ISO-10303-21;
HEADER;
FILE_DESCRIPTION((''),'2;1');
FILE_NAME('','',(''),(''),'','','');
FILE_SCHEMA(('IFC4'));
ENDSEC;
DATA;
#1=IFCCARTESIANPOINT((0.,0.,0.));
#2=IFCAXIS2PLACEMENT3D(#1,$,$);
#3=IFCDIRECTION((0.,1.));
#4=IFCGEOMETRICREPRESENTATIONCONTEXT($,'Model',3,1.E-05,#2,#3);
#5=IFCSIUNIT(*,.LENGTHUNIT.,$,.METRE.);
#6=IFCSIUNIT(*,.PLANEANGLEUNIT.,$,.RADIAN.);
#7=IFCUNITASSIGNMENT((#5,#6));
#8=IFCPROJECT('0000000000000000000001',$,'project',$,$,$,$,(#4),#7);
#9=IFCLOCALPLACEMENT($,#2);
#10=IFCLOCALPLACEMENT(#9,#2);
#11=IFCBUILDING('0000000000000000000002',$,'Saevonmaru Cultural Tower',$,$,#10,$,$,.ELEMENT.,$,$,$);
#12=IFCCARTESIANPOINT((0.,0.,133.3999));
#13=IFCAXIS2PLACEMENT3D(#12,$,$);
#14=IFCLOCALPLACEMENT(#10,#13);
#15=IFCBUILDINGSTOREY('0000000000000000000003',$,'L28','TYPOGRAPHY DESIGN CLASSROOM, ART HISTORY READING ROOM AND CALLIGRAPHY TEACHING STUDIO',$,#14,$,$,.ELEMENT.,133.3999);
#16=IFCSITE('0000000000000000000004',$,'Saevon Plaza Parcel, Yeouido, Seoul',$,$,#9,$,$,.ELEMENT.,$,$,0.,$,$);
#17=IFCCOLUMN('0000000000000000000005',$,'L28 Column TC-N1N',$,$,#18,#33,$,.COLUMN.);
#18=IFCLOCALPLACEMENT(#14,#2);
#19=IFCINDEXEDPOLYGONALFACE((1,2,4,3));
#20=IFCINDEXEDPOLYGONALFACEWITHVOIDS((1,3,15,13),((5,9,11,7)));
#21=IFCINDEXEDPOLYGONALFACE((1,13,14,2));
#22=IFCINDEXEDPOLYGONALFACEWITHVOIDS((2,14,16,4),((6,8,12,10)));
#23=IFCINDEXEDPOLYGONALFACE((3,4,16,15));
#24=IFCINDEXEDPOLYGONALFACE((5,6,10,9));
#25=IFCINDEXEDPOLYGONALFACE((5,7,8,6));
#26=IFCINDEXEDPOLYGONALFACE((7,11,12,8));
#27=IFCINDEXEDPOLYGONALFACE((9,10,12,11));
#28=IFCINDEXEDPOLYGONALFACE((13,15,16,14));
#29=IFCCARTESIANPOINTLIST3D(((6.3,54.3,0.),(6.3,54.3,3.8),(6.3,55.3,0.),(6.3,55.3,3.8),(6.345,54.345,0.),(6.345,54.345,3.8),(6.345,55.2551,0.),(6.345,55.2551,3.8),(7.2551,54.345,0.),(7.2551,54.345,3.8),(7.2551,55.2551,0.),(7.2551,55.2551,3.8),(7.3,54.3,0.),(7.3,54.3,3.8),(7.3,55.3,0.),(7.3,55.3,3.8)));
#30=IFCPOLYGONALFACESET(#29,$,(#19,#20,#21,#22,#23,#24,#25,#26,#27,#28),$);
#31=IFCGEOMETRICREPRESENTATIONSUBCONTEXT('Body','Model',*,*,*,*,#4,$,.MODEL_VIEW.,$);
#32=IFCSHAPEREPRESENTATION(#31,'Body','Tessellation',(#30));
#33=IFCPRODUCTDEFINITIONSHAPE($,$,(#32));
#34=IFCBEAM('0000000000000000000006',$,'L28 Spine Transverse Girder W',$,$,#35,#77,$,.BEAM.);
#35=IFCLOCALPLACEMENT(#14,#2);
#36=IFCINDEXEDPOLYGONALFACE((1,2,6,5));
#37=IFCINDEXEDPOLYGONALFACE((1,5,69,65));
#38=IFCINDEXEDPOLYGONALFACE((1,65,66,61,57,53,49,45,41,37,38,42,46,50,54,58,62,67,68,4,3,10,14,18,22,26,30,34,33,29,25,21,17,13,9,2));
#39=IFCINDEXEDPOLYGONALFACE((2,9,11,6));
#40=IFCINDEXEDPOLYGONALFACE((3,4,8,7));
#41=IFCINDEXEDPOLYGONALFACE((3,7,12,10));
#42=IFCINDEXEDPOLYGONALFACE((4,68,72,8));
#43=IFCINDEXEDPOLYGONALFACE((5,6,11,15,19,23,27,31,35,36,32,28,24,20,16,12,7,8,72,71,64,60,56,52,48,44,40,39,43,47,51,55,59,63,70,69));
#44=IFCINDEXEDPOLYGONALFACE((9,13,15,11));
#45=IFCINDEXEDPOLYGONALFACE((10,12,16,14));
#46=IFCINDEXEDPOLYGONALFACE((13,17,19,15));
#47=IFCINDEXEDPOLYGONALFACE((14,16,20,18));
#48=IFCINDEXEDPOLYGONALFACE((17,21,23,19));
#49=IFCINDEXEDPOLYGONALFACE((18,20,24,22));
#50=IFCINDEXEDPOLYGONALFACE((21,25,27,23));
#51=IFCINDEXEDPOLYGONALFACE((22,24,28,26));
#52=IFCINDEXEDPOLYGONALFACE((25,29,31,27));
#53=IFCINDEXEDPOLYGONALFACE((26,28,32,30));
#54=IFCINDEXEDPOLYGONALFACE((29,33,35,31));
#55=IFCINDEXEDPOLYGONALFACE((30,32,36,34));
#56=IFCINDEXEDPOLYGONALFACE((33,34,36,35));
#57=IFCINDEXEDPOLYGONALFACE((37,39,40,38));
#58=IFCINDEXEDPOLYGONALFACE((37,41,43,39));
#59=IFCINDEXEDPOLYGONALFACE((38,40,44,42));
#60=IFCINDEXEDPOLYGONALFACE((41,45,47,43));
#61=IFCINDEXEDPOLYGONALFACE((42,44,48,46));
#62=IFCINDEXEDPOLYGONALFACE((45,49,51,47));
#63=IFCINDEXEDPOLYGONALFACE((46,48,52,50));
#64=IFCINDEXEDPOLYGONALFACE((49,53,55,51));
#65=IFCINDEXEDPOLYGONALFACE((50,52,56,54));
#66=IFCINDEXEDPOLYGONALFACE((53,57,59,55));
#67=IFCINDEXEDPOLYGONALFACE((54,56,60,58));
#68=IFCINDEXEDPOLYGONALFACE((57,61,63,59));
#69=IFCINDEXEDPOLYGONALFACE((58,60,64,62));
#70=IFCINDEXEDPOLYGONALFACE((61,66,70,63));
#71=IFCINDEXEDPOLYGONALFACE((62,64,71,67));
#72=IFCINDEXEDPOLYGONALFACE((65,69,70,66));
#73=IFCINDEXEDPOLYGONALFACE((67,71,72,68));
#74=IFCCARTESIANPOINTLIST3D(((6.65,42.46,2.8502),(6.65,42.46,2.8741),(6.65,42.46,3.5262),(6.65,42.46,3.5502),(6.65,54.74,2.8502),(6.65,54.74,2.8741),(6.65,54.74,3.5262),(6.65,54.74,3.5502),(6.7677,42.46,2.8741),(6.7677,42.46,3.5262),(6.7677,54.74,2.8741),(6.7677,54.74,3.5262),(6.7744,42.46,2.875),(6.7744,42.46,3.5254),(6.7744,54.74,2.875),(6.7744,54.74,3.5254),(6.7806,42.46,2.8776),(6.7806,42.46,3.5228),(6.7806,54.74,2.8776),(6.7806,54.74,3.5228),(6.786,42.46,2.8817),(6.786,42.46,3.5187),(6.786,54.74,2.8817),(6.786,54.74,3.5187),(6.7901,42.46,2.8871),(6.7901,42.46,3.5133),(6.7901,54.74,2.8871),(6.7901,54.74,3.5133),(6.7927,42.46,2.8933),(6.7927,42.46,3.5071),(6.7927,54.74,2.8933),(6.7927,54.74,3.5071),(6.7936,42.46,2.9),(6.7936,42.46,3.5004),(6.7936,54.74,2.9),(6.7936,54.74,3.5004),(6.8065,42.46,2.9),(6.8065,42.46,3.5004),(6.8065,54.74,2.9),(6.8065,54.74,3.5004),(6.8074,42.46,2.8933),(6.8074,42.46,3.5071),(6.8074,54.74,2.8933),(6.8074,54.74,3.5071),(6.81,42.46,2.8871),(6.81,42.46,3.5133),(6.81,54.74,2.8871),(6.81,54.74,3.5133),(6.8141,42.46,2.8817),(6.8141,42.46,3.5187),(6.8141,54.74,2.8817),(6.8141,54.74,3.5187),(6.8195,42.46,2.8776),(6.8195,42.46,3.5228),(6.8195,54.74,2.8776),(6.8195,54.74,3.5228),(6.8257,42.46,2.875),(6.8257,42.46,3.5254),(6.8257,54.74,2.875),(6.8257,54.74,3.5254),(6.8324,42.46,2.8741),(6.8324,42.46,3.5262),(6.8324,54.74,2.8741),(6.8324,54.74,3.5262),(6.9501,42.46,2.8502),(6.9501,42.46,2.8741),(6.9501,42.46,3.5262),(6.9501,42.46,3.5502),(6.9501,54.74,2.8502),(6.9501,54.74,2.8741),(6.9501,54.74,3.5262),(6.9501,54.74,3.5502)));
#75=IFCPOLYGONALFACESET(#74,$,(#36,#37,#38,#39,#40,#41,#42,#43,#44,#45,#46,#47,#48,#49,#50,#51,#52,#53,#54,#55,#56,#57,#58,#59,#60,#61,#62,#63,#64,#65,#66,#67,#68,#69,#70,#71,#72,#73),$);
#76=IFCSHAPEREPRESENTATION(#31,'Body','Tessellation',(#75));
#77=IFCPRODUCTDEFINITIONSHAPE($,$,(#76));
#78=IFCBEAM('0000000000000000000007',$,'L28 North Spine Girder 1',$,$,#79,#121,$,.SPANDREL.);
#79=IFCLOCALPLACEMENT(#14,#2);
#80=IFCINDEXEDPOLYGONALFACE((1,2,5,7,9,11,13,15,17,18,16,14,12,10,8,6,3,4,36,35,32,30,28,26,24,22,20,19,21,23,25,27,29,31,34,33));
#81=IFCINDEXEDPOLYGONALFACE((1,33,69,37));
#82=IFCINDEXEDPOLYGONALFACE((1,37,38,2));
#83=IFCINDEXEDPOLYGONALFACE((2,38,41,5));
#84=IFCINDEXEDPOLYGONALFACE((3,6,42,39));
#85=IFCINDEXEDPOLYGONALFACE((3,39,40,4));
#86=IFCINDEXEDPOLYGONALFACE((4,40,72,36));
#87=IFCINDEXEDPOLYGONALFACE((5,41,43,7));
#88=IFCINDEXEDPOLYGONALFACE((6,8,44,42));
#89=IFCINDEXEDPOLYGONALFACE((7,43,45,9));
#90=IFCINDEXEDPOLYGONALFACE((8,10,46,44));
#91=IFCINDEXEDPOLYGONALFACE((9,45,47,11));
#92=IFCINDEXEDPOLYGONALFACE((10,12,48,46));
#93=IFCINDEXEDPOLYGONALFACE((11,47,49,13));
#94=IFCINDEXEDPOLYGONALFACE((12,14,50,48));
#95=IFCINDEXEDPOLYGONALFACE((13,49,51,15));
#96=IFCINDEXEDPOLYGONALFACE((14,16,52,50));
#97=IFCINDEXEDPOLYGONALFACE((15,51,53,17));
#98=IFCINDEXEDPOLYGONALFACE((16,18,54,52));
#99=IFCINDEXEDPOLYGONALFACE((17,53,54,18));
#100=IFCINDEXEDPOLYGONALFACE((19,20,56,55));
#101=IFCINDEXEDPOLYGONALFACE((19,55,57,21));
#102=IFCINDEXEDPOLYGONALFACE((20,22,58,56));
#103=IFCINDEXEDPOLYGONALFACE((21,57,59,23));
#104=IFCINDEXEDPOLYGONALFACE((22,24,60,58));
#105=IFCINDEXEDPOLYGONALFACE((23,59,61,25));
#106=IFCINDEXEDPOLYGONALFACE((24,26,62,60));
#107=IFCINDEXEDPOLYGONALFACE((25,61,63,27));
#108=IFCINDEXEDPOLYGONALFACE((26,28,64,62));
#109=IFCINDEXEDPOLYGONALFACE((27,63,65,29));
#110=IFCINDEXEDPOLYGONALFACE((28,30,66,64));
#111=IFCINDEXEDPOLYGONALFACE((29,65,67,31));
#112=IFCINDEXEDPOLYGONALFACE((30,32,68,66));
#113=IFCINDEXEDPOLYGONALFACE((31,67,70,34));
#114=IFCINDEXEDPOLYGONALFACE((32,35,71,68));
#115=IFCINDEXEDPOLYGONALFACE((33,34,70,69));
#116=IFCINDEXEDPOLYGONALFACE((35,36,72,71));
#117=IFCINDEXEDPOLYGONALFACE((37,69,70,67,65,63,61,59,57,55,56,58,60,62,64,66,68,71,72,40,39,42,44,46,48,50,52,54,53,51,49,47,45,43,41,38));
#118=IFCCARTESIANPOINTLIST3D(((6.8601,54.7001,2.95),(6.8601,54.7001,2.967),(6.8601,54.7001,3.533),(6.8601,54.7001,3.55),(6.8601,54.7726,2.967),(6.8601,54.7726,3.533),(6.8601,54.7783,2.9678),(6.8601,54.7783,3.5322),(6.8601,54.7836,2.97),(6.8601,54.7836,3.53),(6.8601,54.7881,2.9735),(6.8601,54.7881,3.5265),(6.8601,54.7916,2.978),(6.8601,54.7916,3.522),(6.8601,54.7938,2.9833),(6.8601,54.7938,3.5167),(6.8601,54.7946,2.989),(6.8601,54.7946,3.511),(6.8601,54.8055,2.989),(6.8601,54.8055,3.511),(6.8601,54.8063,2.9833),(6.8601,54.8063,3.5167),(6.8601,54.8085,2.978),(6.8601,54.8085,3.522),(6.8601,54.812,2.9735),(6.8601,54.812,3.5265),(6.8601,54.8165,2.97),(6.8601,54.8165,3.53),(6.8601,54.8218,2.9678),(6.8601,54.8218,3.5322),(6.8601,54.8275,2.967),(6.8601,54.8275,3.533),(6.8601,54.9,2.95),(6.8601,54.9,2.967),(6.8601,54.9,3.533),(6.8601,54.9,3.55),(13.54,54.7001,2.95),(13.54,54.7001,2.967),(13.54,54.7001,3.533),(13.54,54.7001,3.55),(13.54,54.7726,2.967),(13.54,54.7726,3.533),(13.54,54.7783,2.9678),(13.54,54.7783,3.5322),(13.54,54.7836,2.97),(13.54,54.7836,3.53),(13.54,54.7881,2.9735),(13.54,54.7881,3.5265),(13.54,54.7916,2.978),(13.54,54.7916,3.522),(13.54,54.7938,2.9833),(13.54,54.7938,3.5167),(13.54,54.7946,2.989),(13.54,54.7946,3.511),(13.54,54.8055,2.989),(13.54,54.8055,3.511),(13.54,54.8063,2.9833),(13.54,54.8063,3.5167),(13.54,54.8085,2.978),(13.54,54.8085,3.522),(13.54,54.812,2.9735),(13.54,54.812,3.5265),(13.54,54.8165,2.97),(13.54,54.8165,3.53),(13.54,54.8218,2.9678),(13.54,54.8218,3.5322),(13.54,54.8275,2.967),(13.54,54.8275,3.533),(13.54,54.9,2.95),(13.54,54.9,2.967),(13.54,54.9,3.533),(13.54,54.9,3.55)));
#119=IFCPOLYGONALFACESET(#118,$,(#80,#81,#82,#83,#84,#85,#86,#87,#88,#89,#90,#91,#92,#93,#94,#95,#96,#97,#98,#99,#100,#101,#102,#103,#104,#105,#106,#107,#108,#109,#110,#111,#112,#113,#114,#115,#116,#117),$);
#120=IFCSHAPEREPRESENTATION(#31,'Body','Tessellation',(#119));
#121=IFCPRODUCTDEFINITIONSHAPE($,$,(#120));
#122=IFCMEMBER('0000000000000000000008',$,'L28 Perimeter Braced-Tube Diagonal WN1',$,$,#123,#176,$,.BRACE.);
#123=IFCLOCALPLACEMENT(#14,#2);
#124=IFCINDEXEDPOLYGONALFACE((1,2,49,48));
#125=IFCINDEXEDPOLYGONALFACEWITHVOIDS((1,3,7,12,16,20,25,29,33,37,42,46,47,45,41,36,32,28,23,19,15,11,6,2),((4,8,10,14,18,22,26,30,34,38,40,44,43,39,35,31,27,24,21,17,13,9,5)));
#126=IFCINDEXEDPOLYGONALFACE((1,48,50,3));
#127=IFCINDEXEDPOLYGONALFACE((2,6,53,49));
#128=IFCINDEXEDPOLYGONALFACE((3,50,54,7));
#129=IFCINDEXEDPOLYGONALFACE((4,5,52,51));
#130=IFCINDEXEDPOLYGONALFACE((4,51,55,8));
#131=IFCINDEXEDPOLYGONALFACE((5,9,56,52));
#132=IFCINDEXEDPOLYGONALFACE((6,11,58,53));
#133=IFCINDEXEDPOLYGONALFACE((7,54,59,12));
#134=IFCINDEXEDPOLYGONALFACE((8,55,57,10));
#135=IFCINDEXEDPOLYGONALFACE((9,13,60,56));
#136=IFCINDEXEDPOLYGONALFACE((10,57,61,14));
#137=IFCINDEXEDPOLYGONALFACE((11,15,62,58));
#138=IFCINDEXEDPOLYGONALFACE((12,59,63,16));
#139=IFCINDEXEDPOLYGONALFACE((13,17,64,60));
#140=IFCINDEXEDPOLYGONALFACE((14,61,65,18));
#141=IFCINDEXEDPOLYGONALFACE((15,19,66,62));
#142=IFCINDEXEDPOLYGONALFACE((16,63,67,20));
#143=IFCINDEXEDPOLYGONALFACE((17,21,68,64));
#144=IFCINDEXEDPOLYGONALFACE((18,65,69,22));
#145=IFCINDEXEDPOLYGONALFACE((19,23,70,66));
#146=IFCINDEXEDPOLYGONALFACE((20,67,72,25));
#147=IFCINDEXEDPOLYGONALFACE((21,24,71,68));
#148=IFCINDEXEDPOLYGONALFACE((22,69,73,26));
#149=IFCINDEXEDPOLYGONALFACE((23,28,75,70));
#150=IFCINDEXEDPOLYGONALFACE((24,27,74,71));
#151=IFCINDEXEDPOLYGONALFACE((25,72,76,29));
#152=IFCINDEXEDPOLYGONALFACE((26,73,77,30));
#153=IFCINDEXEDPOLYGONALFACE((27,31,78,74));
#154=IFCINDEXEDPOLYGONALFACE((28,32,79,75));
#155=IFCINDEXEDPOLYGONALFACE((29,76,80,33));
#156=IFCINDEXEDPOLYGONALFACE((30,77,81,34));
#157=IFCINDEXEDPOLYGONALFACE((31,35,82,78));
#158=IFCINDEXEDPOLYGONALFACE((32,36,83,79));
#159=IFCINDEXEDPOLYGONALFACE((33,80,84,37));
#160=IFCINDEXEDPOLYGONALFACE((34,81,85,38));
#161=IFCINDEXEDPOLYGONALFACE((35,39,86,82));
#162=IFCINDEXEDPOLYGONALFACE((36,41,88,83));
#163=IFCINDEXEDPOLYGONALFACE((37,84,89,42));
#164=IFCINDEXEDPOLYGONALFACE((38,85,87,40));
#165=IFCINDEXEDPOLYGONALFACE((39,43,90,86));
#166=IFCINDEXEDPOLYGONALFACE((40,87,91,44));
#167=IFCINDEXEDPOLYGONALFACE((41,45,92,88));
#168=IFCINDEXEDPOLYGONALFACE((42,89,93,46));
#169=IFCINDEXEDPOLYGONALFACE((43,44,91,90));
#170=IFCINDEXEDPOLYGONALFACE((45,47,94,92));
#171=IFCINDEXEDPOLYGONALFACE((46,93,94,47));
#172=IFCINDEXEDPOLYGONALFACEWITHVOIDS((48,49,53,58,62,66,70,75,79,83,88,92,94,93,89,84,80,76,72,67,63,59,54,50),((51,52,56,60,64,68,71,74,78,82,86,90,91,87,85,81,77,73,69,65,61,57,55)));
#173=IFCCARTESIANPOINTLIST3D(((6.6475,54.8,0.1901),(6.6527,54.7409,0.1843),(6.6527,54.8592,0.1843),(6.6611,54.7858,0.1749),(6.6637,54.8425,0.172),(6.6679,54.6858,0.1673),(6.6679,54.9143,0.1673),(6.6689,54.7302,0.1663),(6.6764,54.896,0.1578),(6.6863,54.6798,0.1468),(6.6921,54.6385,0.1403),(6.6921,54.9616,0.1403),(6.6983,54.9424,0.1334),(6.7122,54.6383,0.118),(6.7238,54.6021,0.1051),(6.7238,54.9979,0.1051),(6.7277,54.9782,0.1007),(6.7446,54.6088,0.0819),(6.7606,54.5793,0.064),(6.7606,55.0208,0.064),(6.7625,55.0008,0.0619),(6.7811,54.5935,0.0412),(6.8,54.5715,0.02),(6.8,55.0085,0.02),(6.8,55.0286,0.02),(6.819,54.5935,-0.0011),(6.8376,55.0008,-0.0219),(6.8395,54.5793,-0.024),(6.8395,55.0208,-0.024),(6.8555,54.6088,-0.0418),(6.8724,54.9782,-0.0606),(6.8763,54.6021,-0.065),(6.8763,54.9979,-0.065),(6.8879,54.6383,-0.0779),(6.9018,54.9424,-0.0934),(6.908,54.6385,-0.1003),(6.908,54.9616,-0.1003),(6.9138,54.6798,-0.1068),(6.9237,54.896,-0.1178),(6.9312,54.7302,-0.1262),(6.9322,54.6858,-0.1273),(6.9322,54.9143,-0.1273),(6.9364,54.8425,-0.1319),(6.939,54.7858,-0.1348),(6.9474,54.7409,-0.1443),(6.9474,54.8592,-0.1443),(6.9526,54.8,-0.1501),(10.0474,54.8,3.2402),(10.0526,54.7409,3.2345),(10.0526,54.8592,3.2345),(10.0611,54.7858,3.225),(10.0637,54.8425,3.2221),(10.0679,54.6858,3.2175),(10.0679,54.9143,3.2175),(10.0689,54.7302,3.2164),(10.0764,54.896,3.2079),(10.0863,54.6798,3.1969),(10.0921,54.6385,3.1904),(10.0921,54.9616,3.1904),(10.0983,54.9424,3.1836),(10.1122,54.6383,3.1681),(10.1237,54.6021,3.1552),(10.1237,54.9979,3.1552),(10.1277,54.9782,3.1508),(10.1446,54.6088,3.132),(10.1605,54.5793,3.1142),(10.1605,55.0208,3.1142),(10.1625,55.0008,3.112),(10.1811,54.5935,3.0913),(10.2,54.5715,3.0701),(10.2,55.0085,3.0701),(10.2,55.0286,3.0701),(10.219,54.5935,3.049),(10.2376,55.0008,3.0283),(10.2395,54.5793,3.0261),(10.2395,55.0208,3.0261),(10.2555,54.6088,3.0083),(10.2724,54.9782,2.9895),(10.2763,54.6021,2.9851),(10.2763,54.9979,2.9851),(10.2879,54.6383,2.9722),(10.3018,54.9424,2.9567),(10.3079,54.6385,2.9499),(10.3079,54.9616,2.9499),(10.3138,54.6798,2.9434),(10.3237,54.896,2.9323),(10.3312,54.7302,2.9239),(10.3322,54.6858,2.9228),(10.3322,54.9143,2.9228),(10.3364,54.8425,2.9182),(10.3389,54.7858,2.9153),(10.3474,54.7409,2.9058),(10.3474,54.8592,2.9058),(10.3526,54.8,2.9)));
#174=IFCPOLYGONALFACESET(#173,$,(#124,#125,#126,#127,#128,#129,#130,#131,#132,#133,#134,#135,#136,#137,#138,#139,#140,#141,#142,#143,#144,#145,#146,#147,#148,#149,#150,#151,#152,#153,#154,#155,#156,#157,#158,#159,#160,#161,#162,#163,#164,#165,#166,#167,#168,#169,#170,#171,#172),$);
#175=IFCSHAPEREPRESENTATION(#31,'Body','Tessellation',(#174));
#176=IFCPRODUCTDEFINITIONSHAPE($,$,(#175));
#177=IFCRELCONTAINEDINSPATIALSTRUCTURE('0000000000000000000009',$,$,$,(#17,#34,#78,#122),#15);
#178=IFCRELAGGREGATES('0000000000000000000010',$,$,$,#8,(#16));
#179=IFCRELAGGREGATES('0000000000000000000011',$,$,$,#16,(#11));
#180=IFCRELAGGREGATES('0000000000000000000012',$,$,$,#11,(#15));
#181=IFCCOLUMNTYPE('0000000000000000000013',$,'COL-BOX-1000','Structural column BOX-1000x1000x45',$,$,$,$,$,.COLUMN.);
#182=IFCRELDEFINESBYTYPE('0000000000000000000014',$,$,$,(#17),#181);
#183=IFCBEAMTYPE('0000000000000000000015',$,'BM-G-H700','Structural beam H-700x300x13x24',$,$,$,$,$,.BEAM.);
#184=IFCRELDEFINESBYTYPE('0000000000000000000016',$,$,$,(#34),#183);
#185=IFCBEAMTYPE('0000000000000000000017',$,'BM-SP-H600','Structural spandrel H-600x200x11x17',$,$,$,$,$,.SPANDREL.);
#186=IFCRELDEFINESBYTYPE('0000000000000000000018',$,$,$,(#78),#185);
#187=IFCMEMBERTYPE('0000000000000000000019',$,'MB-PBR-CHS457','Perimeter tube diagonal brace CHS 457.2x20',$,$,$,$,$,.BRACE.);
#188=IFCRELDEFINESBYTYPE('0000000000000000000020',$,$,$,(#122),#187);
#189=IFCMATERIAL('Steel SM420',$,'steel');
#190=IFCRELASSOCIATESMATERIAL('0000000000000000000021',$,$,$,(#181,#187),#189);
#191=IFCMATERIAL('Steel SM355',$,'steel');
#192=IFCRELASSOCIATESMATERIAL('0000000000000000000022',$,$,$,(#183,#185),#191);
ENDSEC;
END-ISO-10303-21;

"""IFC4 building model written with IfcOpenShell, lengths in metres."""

from ifc_helpers import new_model, si_unit, direction, frame, origin, origin_2d, place, context, subcontext, project, spatial, hollow_rectangle, hollow_circle, i_section, extrude, material, material_profile, profile_set, type_object, element, save


model = new_model("IFC4")

# Units and contexts
model_context = context("Model", 3, precision=1e-05, world=origin(), true_north=direction((0.0, 1.0)))
body_context = subcontext(model_context, "Body", "Model", "MODEL_VIEW")
ifc_project = project(units=[si_unit("LENGTHUNIT", "METRE"), si_unit("PLANEANGLEUNIT", "RADIAN")], contexts=[model_context])

# Site, building, storey
site_placement = place(None, origin())
site = spatial("IfcSite", under=ifc_project, at=site_placement, Name="Saevon Plaza Parcel, Yeouido, Seoul", CompositionType="ELEMENT", RefElevation=0.0)
building_placement = place(site_placement, origin())
building = spatial("IfcBuilding", under=site, at=building_placement, Name="Saevonmaru Cultural Tower", CompositionType="ELEMENT")
storey_placement = place(building_placement, frame((0.0, 0.0, 133.3999)))
storey = spatial("IfcBuildingStorey", under=building, at=storey_placement, Name="L28", Description="TYPOGRAPHY DESIGN CLASSROOM, ART HISTORY READING ROOM AND CALLIGRAPHY TEACHING STUDIO", CompositionType="ELEMENT", Elevation=133.3999)

# Column
ifc_material_1 = material(Name="Steel SM420", Category="steel")
ifc_material_profile_1 = material_profile(ifc_material_1, hollow_rectangle(XDim=1.0, YDim=1.0, WallThickness=0.0449, at=origin_2d()), Name="BOX-1000x1000x45")
ifc_profile_set_1 = profile_set([ifc_material_profile_1], Name="Steel SM420")
column_type = type_object("IfcColumnType", Name="COL-BOX-1000", Description="Structural column BOX-1000x1000x45", PredefinedType="COLUMN", material=ifc_profile_set_1)
column_placement = place(storey_placement, frame((6.8, 54.8, 0.0), z_axis=(0.0, 0.0, 1.0), x_axis=(1.0, 0.0, 0.0)))
element("IfcColumn", 1, at=column_placement, inside=storey, type_object=column_type, Name="L28 Column TC-N1N", PredefinedType="COLUMN", context=body_context, shape_type="SweptSolid", body=[
    extrude(hollow_rectangle(XDim=1.0, YDim=1.0, WallThickness=0.0449, at=origin_2d()), origin(), (0.0, 0.0, 1.0), 3.8),
])

# Beams
ifc_material_2 = material(Name="Steel SM355", Category="steel")
ifc_material_profile_2 = material_profile(ifc_material_2, i_section(OverallWidth=0.3, OverallDepth=0.7, WebThickness=0.0129, FlangeThickness=0.0239, FilletRadius=0.0259, at=origin_2d()), Name="H-700x300x13x24")
ifc_profile_set_2 = profile_set([ifc_material_profile_2], Name="Steel SM355")
beam_type_1 = type_object("IfcBeamType", Name="BM-G-H700", Description="Structural beam H-700x300x13x24", PredefinedType="BEAM", material=ifc_profile_set_2)
beam_1_placement = place(storey_placement, frame((6.8, 54.74, 3.2002), z_axis=(0.0, -1.0, 0.0), x_axis=(1.0, 0.0, 0.0)))
element("IfcBeam", 2, at=beam_1_placement, inside=storey, type_object=beam_type_1, Name="L28 Spine Transverse Girder W", PredefinedType="BEAM", context=body_context, shape_type="SweptSolid", body=[
    extrude(i_section(OverallWidth=0.3, OverallDepth=0.7, WebThickness=0.0129, FlangeThickness=0.0239, FilletRadius=0.0259, at=origin_2d()), origin(), (0.0, 0.0, 1.0), 12.28),
])
ifc_material_profile_3 = material_profile(ifc_material_2, i_section(OverallWidth=0.2, OverallDepth=0.6001, WebThickness=0.011, FlangeThickness=0.0171, FilletRadius=0.022, at=origin_2d()), Name="H-600x200x11x17")
ifc_profile_set_3 = profile_set([ifc_material_profile_3], Name="Steel SM355")
beam_type_2 = type_object("IfcBeamType", Name="BM-SP-H600", Description="Structural spandrel H-600x200x11x17", PredefinedType="SPANDREL", material=ifc_profile_set_3)
beam_2_placement = place(storey_placement, frame((6.8601, 54.8, 3.25), z_axis=(1.0, 0.0, 0.0), x_axis=(0.0, 1.0, 0.0)))
element("IfcBeam", 3, at=beam_2_placement, inside=storey, type_object=beam_type_2, Name="L28 North Spine Girder 1", PredefinedType="SPANDREL", context=body_context, shape_type="SweptSolid", body=[
    extrude(i_section(OverallWidth=0.2, OverallDepth=0.6001, WebThickness=0.011, FlangeThickness=0.0171, FilletRadius=0.022, at=origin_2d()), origin(), (0.0, 0.0, 1.0), 6.6799),
])

# Member
ifc_material_profile_4 = material_profile(ifc_material_1, hollow_circle(Radius=0.2285, WallThickness=0.02, at=origin_2d()), Name="CHS-457.2x20")
ifc_profile_set_4 = profile_set([ifc_material_profile_4], Name="Steel SM420")
member_type_1 = type_object("IfcMemberType", Name="MB-PBR-CHS457", Description="Perimeter tube diagonal brace CHS 457.2x20", PredefinedType="BRACE", material=ifc_profile_set_4)
member_1_placement = place(storey_placement, frame((6.8, 54.8, 0.02), z_axis=(0.744367, 0.0, 0.667771), x_axis=(0.0, 1.0, 0.0)))
element("IfcMember", 4, at=member_1_placement, inside=storey, type_object=member_type_1, Name="L28 Perimeter Braced-Tube Diagonal WN1", PredefinedType="BRACE", context=body_context, shape_type="SweptSolid", body=[
    extrude(hollow_circle(Radius=0.2285, WallThickness=0.02, at=origin_2d()), origin(), (0.0, 0.0, 1.0), 4.5676),
])

save(model, "model.ifc")
